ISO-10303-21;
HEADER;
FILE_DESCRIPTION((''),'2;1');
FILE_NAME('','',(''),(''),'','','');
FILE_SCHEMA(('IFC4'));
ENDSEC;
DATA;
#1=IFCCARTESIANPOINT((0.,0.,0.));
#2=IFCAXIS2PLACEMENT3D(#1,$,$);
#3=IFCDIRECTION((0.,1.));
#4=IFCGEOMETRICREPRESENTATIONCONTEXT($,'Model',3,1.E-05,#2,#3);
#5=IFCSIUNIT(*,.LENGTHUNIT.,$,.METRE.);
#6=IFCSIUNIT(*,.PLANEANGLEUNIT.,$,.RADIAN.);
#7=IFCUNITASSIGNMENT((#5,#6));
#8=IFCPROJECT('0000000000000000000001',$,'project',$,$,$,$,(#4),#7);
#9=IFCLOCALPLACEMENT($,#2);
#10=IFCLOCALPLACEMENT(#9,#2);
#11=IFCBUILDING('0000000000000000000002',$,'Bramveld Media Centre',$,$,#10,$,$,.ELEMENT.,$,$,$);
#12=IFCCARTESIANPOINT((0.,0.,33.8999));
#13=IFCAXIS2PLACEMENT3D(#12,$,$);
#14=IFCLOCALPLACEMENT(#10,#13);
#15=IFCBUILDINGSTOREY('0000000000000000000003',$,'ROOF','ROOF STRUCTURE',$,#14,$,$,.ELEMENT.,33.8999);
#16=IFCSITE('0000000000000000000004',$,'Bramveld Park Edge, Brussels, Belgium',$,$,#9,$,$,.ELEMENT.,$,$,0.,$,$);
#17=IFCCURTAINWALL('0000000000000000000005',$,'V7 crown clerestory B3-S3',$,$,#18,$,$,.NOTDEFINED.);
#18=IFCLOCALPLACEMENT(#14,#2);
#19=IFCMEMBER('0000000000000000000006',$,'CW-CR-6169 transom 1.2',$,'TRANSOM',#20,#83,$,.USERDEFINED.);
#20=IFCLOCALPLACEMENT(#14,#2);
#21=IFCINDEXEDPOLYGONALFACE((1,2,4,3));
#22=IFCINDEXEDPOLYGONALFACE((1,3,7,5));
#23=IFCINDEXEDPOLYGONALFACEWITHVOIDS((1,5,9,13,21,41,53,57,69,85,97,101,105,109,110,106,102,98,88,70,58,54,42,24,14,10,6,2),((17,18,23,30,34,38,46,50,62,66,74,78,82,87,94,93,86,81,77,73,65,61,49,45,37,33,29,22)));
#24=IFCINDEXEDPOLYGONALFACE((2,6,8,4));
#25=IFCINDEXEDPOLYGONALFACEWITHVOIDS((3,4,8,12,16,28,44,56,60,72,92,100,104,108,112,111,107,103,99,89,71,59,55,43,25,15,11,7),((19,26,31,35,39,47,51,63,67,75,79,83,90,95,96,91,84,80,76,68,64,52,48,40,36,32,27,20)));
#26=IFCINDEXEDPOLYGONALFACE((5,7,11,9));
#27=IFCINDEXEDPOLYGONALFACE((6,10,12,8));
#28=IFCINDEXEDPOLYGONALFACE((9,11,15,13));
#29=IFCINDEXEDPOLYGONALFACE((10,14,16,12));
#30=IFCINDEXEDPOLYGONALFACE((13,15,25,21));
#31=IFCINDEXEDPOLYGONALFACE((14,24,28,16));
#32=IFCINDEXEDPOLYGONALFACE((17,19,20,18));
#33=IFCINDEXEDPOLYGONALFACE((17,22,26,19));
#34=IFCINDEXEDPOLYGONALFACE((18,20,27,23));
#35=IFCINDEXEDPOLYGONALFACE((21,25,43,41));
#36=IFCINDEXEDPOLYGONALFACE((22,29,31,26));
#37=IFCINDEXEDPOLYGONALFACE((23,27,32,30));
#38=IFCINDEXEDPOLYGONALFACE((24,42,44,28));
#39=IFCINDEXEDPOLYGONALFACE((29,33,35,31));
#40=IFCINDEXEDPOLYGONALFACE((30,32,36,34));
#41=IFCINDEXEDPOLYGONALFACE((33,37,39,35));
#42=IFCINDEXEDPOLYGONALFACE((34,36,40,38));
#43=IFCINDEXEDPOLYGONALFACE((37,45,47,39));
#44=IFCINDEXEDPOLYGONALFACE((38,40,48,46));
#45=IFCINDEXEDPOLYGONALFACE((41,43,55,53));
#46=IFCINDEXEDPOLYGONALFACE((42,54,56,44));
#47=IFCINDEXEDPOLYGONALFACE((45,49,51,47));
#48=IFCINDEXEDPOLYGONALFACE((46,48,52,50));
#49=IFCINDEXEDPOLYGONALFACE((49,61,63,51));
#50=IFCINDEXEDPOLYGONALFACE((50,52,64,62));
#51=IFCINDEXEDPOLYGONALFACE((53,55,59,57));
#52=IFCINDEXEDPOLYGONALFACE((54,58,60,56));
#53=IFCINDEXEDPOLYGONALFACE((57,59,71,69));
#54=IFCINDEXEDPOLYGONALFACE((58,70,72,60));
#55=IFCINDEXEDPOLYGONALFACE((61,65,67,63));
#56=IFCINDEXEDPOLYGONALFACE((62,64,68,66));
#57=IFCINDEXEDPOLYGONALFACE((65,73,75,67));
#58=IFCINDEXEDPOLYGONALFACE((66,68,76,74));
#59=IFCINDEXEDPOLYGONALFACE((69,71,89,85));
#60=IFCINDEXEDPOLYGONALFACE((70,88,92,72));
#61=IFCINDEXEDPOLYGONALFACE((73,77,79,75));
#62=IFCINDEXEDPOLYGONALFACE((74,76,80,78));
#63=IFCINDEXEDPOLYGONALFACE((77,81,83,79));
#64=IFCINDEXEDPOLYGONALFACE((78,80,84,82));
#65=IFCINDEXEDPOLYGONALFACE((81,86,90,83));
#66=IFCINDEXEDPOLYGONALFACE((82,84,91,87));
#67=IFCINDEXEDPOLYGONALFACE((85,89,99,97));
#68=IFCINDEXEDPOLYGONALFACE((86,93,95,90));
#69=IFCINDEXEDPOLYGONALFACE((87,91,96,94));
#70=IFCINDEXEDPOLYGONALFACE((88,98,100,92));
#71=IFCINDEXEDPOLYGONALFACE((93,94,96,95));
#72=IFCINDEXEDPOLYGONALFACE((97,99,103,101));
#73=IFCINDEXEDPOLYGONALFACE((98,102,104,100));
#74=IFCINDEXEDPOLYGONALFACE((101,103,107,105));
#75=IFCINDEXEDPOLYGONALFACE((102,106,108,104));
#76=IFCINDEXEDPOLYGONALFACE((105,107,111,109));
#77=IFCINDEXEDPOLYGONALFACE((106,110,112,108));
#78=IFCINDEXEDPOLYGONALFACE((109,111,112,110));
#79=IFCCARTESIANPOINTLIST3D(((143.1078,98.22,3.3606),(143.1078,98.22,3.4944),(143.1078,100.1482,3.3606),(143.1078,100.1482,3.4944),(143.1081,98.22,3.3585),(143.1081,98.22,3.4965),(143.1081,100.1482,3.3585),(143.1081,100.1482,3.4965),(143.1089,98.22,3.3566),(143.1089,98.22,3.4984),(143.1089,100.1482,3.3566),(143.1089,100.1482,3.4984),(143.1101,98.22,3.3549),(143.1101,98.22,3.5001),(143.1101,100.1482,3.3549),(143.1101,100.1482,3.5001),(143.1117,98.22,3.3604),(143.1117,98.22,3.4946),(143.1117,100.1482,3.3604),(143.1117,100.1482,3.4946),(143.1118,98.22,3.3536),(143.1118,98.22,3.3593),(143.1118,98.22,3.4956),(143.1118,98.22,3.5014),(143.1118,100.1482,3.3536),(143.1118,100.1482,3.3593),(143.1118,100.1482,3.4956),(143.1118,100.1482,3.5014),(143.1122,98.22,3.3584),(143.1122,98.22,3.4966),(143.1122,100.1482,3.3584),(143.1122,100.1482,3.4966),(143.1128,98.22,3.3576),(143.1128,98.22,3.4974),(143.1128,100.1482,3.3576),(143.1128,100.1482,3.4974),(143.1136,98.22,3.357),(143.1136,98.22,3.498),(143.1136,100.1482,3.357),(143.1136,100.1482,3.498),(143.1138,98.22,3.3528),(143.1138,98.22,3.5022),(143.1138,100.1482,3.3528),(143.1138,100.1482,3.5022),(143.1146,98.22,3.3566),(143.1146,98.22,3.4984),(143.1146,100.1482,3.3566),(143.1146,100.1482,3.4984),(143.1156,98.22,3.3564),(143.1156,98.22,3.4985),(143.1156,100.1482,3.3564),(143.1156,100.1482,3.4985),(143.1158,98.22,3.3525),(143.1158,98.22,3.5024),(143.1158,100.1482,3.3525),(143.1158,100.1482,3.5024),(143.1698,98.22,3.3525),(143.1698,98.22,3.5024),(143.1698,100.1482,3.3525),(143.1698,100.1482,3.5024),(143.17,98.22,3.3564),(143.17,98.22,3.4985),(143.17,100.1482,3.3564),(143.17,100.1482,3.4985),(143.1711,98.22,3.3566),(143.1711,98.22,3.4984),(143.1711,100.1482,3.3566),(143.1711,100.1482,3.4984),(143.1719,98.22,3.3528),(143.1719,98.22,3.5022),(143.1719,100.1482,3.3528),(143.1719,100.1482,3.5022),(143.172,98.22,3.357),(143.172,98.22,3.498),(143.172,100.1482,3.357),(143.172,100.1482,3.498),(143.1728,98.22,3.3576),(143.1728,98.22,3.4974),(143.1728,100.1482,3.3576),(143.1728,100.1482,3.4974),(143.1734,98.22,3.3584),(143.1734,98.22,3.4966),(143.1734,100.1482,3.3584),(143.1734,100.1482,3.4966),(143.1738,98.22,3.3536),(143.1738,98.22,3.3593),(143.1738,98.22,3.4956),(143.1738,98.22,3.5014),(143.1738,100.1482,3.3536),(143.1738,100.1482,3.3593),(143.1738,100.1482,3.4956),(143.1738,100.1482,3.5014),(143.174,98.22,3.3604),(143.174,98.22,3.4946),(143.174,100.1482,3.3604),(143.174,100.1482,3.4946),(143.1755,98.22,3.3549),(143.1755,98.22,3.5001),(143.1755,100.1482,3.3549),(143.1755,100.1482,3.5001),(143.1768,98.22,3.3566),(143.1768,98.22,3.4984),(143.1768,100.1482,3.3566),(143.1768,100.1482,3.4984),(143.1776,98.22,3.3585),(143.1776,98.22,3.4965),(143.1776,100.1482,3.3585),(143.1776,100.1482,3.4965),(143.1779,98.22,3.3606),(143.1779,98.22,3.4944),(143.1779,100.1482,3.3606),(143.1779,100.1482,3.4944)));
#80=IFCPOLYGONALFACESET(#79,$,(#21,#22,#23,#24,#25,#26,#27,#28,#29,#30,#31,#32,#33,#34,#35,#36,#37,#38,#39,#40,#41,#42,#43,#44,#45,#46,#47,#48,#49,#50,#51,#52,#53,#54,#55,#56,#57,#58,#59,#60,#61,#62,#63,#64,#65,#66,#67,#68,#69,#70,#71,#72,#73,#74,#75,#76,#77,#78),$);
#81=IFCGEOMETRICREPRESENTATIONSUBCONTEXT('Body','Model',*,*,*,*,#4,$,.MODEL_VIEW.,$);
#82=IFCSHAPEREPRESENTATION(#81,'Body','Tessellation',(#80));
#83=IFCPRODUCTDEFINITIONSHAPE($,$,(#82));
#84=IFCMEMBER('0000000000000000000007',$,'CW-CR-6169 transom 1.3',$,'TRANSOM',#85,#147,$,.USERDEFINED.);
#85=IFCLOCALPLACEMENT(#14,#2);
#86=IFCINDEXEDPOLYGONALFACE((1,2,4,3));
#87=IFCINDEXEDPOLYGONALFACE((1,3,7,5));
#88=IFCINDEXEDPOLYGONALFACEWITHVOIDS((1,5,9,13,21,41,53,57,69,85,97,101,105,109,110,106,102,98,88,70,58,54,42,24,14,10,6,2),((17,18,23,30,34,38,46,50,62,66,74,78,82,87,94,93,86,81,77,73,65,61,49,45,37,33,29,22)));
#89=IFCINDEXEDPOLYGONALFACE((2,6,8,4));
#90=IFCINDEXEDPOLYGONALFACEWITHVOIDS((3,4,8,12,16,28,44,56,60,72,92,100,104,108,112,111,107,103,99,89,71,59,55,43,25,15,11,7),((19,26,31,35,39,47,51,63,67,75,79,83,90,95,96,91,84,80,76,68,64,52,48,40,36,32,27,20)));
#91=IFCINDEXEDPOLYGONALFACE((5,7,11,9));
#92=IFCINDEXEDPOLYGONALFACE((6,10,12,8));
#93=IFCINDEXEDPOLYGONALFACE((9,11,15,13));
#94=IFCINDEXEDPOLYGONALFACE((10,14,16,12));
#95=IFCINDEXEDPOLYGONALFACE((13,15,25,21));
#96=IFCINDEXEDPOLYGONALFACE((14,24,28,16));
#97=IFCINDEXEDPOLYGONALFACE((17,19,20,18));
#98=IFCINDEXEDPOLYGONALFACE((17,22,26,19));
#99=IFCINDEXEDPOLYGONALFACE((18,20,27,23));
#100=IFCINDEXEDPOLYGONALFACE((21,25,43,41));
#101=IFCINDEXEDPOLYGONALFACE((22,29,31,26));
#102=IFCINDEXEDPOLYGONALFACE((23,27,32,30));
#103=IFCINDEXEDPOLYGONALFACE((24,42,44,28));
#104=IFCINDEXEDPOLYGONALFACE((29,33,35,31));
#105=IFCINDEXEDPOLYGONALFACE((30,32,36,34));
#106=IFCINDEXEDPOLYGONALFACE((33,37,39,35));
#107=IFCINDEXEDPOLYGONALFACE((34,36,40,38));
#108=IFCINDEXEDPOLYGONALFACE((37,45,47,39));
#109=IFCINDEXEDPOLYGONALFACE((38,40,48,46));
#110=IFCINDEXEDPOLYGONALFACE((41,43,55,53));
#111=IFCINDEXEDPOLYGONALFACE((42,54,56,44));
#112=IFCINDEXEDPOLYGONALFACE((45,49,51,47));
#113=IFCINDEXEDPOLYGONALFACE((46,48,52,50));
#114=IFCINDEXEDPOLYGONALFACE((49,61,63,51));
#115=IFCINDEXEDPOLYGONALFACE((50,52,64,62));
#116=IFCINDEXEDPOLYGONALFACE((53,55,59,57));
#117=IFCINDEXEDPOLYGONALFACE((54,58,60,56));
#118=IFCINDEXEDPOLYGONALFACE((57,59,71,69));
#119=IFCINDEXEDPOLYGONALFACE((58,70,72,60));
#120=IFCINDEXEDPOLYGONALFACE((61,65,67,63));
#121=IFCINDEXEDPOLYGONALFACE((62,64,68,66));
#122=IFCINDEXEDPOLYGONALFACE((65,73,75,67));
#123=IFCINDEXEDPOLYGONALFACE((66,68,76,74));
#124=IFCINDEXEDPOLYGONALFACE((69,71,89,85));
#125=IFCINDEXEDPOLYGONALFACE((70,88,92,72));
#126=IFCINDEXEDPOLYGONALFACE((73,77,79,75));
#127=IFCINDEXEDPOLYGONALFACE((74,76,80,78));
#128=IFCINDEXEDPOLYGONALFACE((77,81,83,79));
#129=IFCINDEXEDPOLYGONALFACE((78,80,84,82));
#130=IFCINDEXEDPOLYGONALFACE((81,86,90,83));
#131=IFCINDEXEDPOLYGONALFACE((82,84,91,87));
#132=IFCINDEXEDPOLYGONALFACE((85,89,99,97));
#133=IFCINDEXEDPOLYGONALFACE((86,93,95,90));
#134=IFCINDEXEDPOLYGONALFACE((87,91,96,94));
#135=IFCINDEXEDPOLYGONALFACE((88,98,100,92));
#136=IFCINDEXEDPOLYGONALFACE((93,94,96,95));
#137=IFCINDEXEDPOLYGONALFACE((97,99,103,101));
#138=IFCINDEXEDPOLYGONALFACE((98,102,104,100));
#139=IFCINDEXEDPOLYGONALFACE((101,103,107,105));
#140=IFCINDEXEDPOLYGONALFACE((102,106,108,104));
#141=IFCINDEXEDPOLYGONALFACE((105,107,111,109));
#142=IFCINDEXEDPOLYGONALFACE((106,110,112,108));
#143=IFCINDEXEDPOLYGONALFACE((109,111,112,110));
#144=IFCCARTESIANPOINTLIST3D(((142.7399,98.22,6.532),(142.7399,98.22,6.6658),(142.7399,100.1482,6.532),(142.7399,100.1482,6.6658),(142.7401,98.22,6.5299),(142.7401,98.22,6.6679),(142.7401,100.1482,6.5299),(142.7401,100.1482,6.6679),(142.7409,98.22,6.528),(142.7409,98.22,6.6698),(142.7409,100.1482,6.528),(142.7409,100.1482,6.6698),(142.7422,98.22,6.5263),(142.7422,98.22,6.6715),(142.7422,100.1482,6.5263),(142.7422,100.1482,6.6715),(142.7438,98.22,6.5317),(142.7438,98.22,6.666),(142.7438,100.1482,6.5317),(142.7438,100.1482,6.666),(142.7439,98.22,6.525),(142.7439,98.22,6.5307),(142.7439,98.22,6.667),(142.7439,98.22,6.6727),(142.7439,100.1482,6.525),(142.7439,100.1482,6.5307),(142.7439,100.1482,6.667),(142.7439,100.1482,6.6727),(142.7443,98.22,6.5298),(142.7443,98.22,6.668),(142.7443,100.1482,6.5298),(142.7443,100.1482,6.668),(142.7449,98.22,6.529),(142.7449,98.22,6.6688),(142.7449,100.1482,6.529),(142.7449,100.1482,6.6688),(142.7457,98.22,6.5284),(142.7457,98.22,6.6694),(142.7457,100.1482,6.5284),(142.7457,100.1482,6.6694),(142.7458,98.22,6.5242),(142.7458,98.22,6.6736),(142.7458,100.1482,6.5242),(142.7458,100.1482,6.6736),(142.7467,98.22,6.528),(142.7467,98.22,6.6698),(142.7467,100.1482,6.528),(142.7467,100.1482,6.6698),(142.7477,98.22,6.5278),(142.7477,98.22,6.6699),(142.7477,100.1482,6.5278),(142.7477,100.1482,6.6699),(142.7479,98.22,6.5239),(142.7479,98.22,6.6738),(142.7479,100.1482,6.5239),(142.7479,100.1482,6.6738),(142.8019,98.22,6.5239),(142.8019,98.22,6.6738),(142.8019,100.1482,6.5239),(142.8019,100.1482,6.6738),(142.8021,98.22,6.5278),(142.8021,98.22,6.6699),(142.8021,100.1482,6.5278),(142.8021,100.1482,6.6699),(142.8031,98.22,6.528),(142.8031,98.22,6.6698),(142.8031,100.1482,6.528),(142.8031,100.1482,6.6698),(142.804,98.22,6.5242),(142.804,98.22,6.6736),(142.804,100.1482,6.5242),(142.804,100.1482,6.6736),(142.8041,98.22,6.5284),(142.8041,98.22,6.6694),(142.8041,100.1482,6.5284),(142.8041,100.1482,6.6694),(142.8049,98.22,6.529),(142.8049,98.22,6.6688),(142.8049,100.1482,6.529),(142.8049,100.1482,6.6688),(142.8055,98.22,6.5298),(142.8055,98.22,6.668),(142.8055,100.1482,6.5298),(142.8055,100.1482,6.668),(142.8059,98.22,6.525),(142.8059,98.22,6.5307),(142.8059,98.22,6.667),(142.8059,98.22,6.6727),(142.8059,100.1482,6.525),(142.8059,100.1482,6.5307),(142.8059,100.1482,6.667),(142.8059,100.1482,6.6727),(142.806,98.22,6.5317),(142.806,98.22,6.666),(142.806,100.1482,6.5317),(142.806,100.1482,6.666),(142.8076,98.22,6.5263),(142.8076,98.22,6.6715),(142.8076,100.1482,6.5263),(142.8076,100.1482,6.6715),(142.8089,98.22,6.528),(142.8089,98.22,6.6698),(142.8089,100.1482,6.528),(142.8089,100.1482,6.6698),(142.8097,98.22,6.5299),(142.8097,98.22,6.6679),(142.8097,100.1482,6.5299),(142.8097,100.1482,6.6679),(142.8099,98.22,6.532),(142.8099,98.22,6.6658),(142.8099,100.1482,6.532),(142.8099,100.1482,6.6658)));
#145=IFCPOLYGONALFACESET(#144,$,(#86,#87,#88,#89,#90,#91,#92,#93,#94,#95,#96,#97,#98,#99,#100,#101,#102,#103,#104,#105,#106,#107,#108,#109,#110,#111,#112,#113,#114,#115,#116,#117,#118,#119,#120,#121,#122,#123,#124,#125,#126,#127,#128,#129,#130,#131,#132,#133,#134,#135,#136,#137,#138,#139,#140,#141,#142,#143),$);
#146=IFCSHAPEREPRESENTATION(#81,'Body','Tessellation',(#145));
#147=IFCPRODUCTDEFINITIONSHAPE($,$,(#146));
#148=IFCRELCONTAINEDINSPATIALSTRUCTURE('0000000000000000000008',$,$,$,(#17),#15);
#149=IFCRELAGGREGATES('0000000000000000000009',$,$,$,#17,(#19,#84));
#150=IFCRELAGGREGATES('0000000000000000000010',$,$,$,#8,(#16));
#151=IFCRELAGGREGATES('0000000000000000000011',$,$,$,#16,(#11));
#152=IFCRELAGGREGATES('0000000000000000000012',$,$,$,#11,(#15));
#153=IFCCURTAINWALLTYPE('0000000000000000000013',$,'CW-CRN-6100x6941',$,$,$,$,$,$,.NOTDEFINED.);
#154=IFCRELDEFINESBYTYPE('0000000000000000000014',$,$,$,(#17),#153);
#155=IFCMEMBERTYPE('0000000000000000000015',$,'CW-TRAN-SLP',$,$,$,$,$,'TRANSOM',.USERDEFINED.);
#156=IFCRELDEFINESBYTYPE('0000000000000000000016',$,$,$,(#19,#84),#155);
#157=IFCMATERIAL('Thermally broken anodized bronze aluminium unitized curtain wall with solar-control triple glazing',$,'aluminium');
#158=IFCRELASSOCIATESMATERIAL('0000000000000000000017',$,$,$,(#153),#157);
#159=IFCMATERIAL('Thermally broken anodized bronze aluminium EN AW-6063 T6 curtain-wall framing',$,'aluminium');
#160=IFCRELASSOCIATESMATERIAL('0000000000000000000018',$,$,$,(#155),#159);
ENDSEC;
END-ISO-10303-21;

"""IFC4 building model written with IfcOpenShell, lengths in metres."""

from ifc_helpers import new_model, si_unit, direction, frame, origin, origin_2d, place, context, subcontext, project, spatial, hollow_rectangle, extrude, material, material_profile, profile_set, type_object, element, aggregate, save


model = new_model("IFC4")

# Units and contexts
model_context = context("Model", 3, precision=1e-05, world=origin(), true_north=direction((0.0, 1.0)))
body_context = subcontext(model_context, "Body", "Model", "MODEL_VIEW")
ifc_project = project(units=[si_unit("LENGTHUNIT", "METRE"), si_unit("PLANEANGLEUNIT", "RADIAN")], contexts=[model_context])

# Site, building, storey
site_placement = place(None, origin())
site = spatial("IfcSite", under=ifc_project, at=site_placement, Name="Bramveld Park Edge, Brussels, Belgium", CompositionType="ELEMENT", RefElevation=0.0)
building_placement = place(site_placement, origin())
building = spatial("IfcBuilding", under=site, at=building_placement, Name="Bramveld Media Centre", CompositionType="ELEMENT")
storey_placement = place(building_placement, frame((0.0, 0.0, 33.8999)))
storey = spatial("IfcBuildingStorey", under=building, at=storey_placement, Name="ROOF", Description="ROOF STRUCTURE", CompositionType="ELEMENT", Elevation=33.8999)

# Curtain wall, members
ifc_material_1 = material(Name="Thermally broken anodized bronze aluminium unitized curtain wall with solar-control triple glazing", Category="aluminium")
curtain_wall_type = type_object("IfcCurtainWallType", Name="CW-CRN-6100x6941", PredefinedType="NOTDEFINED", material=ifc_material_1)
curtain_wall_1_placement = place(storey_placement, origin())
curtain_wall_1 = element("IfcCurtainWall", 1, at=curtain_wall_1_placement, inside=storey, type_object=curtain_wall_type, Name="V7 crown clerestory B3-S3", PredefinedType="NOTDEFINED")
ifc_material_2 = material(Name="Thermally broken anodized bronze aluminium EN AW-6063 T6 curtain-wall framing", Category="aluminium")
ifc_material_profile_1 = material_profile(ifc_material_2, hollow_rectangle(XDim=0.0701, YDim=0.1499, WallThickness=0.0039, InnerFilletRadius=0.0039, OuterFilletRadius=0.0081, at=origin_2d()), Name="AL-TRAN 70x150")
ifc_profile_set_1 = profile_set([ifc_material_profile_1], Name="Thermally broken anodized bronze aluminium EN AW-6063 T6 curtain-wall framing")
member_type_1 = type_object("IfcMemberType", Name="CW-TRAN-SLP", ElementType="TRANSOM", PredefinedType="USERDEFINED", material=ifc_profile_set_1)
member_1_placement = place(storey_placement, frame((143.1428, 98.22, 3.4275), z_axis=(0.0, 1.0, 0.0), x_axis=(-1.0, 0.0, 0.0)))
member_1 = element("IfcMember", 2, at=member_1_placement, type_object=member_type_1, Name="CW-CR-6169 transom 1.2", ObjectType="TRANSOM", PredefinedType="USERDEFINED", context=body_context, shape_type="SweptSolid", body=[
    extrude(hollow_rectangle(XDim=0.0701, YDim=0.1499, WallThickness=0.0039, InnerFilletRadius=0.0039, OuterFilletRadius=0.0081, at=origin_2d()), origin(), (0.0, 0.0, 1.0), 1.9282),
])
member_2_placement = place(storey_placement, frame((142.7749, 98.22, 6.5989), z_axis=(0.0, 1.0, 0.0), x_axis=(-1.0, 0.0, 0.0)))
member_2 = element("IfcMember", 3, at=member_2_placement, type_object=member_type_1, Name="CW-CR-6169 transom 1.3", ObjectType="TRANSOM", PredefinedType="USERDEFINED", context=body_context, shape_type="SweptSolid", body=[
    extrude(hollow_rectangle(XDim=0.0701, YDim=0.1499, WallThickness=0.0039, InnerFilletRadius=0.0039, OuterFilletRadius=0.0081, at=origin_2d()), origin(), (0.0, 0.0, 1.0), 1.9282),
])

aggregate(curtain_wall_1, [member_1, member_2])

save(model, "model.ifc")
